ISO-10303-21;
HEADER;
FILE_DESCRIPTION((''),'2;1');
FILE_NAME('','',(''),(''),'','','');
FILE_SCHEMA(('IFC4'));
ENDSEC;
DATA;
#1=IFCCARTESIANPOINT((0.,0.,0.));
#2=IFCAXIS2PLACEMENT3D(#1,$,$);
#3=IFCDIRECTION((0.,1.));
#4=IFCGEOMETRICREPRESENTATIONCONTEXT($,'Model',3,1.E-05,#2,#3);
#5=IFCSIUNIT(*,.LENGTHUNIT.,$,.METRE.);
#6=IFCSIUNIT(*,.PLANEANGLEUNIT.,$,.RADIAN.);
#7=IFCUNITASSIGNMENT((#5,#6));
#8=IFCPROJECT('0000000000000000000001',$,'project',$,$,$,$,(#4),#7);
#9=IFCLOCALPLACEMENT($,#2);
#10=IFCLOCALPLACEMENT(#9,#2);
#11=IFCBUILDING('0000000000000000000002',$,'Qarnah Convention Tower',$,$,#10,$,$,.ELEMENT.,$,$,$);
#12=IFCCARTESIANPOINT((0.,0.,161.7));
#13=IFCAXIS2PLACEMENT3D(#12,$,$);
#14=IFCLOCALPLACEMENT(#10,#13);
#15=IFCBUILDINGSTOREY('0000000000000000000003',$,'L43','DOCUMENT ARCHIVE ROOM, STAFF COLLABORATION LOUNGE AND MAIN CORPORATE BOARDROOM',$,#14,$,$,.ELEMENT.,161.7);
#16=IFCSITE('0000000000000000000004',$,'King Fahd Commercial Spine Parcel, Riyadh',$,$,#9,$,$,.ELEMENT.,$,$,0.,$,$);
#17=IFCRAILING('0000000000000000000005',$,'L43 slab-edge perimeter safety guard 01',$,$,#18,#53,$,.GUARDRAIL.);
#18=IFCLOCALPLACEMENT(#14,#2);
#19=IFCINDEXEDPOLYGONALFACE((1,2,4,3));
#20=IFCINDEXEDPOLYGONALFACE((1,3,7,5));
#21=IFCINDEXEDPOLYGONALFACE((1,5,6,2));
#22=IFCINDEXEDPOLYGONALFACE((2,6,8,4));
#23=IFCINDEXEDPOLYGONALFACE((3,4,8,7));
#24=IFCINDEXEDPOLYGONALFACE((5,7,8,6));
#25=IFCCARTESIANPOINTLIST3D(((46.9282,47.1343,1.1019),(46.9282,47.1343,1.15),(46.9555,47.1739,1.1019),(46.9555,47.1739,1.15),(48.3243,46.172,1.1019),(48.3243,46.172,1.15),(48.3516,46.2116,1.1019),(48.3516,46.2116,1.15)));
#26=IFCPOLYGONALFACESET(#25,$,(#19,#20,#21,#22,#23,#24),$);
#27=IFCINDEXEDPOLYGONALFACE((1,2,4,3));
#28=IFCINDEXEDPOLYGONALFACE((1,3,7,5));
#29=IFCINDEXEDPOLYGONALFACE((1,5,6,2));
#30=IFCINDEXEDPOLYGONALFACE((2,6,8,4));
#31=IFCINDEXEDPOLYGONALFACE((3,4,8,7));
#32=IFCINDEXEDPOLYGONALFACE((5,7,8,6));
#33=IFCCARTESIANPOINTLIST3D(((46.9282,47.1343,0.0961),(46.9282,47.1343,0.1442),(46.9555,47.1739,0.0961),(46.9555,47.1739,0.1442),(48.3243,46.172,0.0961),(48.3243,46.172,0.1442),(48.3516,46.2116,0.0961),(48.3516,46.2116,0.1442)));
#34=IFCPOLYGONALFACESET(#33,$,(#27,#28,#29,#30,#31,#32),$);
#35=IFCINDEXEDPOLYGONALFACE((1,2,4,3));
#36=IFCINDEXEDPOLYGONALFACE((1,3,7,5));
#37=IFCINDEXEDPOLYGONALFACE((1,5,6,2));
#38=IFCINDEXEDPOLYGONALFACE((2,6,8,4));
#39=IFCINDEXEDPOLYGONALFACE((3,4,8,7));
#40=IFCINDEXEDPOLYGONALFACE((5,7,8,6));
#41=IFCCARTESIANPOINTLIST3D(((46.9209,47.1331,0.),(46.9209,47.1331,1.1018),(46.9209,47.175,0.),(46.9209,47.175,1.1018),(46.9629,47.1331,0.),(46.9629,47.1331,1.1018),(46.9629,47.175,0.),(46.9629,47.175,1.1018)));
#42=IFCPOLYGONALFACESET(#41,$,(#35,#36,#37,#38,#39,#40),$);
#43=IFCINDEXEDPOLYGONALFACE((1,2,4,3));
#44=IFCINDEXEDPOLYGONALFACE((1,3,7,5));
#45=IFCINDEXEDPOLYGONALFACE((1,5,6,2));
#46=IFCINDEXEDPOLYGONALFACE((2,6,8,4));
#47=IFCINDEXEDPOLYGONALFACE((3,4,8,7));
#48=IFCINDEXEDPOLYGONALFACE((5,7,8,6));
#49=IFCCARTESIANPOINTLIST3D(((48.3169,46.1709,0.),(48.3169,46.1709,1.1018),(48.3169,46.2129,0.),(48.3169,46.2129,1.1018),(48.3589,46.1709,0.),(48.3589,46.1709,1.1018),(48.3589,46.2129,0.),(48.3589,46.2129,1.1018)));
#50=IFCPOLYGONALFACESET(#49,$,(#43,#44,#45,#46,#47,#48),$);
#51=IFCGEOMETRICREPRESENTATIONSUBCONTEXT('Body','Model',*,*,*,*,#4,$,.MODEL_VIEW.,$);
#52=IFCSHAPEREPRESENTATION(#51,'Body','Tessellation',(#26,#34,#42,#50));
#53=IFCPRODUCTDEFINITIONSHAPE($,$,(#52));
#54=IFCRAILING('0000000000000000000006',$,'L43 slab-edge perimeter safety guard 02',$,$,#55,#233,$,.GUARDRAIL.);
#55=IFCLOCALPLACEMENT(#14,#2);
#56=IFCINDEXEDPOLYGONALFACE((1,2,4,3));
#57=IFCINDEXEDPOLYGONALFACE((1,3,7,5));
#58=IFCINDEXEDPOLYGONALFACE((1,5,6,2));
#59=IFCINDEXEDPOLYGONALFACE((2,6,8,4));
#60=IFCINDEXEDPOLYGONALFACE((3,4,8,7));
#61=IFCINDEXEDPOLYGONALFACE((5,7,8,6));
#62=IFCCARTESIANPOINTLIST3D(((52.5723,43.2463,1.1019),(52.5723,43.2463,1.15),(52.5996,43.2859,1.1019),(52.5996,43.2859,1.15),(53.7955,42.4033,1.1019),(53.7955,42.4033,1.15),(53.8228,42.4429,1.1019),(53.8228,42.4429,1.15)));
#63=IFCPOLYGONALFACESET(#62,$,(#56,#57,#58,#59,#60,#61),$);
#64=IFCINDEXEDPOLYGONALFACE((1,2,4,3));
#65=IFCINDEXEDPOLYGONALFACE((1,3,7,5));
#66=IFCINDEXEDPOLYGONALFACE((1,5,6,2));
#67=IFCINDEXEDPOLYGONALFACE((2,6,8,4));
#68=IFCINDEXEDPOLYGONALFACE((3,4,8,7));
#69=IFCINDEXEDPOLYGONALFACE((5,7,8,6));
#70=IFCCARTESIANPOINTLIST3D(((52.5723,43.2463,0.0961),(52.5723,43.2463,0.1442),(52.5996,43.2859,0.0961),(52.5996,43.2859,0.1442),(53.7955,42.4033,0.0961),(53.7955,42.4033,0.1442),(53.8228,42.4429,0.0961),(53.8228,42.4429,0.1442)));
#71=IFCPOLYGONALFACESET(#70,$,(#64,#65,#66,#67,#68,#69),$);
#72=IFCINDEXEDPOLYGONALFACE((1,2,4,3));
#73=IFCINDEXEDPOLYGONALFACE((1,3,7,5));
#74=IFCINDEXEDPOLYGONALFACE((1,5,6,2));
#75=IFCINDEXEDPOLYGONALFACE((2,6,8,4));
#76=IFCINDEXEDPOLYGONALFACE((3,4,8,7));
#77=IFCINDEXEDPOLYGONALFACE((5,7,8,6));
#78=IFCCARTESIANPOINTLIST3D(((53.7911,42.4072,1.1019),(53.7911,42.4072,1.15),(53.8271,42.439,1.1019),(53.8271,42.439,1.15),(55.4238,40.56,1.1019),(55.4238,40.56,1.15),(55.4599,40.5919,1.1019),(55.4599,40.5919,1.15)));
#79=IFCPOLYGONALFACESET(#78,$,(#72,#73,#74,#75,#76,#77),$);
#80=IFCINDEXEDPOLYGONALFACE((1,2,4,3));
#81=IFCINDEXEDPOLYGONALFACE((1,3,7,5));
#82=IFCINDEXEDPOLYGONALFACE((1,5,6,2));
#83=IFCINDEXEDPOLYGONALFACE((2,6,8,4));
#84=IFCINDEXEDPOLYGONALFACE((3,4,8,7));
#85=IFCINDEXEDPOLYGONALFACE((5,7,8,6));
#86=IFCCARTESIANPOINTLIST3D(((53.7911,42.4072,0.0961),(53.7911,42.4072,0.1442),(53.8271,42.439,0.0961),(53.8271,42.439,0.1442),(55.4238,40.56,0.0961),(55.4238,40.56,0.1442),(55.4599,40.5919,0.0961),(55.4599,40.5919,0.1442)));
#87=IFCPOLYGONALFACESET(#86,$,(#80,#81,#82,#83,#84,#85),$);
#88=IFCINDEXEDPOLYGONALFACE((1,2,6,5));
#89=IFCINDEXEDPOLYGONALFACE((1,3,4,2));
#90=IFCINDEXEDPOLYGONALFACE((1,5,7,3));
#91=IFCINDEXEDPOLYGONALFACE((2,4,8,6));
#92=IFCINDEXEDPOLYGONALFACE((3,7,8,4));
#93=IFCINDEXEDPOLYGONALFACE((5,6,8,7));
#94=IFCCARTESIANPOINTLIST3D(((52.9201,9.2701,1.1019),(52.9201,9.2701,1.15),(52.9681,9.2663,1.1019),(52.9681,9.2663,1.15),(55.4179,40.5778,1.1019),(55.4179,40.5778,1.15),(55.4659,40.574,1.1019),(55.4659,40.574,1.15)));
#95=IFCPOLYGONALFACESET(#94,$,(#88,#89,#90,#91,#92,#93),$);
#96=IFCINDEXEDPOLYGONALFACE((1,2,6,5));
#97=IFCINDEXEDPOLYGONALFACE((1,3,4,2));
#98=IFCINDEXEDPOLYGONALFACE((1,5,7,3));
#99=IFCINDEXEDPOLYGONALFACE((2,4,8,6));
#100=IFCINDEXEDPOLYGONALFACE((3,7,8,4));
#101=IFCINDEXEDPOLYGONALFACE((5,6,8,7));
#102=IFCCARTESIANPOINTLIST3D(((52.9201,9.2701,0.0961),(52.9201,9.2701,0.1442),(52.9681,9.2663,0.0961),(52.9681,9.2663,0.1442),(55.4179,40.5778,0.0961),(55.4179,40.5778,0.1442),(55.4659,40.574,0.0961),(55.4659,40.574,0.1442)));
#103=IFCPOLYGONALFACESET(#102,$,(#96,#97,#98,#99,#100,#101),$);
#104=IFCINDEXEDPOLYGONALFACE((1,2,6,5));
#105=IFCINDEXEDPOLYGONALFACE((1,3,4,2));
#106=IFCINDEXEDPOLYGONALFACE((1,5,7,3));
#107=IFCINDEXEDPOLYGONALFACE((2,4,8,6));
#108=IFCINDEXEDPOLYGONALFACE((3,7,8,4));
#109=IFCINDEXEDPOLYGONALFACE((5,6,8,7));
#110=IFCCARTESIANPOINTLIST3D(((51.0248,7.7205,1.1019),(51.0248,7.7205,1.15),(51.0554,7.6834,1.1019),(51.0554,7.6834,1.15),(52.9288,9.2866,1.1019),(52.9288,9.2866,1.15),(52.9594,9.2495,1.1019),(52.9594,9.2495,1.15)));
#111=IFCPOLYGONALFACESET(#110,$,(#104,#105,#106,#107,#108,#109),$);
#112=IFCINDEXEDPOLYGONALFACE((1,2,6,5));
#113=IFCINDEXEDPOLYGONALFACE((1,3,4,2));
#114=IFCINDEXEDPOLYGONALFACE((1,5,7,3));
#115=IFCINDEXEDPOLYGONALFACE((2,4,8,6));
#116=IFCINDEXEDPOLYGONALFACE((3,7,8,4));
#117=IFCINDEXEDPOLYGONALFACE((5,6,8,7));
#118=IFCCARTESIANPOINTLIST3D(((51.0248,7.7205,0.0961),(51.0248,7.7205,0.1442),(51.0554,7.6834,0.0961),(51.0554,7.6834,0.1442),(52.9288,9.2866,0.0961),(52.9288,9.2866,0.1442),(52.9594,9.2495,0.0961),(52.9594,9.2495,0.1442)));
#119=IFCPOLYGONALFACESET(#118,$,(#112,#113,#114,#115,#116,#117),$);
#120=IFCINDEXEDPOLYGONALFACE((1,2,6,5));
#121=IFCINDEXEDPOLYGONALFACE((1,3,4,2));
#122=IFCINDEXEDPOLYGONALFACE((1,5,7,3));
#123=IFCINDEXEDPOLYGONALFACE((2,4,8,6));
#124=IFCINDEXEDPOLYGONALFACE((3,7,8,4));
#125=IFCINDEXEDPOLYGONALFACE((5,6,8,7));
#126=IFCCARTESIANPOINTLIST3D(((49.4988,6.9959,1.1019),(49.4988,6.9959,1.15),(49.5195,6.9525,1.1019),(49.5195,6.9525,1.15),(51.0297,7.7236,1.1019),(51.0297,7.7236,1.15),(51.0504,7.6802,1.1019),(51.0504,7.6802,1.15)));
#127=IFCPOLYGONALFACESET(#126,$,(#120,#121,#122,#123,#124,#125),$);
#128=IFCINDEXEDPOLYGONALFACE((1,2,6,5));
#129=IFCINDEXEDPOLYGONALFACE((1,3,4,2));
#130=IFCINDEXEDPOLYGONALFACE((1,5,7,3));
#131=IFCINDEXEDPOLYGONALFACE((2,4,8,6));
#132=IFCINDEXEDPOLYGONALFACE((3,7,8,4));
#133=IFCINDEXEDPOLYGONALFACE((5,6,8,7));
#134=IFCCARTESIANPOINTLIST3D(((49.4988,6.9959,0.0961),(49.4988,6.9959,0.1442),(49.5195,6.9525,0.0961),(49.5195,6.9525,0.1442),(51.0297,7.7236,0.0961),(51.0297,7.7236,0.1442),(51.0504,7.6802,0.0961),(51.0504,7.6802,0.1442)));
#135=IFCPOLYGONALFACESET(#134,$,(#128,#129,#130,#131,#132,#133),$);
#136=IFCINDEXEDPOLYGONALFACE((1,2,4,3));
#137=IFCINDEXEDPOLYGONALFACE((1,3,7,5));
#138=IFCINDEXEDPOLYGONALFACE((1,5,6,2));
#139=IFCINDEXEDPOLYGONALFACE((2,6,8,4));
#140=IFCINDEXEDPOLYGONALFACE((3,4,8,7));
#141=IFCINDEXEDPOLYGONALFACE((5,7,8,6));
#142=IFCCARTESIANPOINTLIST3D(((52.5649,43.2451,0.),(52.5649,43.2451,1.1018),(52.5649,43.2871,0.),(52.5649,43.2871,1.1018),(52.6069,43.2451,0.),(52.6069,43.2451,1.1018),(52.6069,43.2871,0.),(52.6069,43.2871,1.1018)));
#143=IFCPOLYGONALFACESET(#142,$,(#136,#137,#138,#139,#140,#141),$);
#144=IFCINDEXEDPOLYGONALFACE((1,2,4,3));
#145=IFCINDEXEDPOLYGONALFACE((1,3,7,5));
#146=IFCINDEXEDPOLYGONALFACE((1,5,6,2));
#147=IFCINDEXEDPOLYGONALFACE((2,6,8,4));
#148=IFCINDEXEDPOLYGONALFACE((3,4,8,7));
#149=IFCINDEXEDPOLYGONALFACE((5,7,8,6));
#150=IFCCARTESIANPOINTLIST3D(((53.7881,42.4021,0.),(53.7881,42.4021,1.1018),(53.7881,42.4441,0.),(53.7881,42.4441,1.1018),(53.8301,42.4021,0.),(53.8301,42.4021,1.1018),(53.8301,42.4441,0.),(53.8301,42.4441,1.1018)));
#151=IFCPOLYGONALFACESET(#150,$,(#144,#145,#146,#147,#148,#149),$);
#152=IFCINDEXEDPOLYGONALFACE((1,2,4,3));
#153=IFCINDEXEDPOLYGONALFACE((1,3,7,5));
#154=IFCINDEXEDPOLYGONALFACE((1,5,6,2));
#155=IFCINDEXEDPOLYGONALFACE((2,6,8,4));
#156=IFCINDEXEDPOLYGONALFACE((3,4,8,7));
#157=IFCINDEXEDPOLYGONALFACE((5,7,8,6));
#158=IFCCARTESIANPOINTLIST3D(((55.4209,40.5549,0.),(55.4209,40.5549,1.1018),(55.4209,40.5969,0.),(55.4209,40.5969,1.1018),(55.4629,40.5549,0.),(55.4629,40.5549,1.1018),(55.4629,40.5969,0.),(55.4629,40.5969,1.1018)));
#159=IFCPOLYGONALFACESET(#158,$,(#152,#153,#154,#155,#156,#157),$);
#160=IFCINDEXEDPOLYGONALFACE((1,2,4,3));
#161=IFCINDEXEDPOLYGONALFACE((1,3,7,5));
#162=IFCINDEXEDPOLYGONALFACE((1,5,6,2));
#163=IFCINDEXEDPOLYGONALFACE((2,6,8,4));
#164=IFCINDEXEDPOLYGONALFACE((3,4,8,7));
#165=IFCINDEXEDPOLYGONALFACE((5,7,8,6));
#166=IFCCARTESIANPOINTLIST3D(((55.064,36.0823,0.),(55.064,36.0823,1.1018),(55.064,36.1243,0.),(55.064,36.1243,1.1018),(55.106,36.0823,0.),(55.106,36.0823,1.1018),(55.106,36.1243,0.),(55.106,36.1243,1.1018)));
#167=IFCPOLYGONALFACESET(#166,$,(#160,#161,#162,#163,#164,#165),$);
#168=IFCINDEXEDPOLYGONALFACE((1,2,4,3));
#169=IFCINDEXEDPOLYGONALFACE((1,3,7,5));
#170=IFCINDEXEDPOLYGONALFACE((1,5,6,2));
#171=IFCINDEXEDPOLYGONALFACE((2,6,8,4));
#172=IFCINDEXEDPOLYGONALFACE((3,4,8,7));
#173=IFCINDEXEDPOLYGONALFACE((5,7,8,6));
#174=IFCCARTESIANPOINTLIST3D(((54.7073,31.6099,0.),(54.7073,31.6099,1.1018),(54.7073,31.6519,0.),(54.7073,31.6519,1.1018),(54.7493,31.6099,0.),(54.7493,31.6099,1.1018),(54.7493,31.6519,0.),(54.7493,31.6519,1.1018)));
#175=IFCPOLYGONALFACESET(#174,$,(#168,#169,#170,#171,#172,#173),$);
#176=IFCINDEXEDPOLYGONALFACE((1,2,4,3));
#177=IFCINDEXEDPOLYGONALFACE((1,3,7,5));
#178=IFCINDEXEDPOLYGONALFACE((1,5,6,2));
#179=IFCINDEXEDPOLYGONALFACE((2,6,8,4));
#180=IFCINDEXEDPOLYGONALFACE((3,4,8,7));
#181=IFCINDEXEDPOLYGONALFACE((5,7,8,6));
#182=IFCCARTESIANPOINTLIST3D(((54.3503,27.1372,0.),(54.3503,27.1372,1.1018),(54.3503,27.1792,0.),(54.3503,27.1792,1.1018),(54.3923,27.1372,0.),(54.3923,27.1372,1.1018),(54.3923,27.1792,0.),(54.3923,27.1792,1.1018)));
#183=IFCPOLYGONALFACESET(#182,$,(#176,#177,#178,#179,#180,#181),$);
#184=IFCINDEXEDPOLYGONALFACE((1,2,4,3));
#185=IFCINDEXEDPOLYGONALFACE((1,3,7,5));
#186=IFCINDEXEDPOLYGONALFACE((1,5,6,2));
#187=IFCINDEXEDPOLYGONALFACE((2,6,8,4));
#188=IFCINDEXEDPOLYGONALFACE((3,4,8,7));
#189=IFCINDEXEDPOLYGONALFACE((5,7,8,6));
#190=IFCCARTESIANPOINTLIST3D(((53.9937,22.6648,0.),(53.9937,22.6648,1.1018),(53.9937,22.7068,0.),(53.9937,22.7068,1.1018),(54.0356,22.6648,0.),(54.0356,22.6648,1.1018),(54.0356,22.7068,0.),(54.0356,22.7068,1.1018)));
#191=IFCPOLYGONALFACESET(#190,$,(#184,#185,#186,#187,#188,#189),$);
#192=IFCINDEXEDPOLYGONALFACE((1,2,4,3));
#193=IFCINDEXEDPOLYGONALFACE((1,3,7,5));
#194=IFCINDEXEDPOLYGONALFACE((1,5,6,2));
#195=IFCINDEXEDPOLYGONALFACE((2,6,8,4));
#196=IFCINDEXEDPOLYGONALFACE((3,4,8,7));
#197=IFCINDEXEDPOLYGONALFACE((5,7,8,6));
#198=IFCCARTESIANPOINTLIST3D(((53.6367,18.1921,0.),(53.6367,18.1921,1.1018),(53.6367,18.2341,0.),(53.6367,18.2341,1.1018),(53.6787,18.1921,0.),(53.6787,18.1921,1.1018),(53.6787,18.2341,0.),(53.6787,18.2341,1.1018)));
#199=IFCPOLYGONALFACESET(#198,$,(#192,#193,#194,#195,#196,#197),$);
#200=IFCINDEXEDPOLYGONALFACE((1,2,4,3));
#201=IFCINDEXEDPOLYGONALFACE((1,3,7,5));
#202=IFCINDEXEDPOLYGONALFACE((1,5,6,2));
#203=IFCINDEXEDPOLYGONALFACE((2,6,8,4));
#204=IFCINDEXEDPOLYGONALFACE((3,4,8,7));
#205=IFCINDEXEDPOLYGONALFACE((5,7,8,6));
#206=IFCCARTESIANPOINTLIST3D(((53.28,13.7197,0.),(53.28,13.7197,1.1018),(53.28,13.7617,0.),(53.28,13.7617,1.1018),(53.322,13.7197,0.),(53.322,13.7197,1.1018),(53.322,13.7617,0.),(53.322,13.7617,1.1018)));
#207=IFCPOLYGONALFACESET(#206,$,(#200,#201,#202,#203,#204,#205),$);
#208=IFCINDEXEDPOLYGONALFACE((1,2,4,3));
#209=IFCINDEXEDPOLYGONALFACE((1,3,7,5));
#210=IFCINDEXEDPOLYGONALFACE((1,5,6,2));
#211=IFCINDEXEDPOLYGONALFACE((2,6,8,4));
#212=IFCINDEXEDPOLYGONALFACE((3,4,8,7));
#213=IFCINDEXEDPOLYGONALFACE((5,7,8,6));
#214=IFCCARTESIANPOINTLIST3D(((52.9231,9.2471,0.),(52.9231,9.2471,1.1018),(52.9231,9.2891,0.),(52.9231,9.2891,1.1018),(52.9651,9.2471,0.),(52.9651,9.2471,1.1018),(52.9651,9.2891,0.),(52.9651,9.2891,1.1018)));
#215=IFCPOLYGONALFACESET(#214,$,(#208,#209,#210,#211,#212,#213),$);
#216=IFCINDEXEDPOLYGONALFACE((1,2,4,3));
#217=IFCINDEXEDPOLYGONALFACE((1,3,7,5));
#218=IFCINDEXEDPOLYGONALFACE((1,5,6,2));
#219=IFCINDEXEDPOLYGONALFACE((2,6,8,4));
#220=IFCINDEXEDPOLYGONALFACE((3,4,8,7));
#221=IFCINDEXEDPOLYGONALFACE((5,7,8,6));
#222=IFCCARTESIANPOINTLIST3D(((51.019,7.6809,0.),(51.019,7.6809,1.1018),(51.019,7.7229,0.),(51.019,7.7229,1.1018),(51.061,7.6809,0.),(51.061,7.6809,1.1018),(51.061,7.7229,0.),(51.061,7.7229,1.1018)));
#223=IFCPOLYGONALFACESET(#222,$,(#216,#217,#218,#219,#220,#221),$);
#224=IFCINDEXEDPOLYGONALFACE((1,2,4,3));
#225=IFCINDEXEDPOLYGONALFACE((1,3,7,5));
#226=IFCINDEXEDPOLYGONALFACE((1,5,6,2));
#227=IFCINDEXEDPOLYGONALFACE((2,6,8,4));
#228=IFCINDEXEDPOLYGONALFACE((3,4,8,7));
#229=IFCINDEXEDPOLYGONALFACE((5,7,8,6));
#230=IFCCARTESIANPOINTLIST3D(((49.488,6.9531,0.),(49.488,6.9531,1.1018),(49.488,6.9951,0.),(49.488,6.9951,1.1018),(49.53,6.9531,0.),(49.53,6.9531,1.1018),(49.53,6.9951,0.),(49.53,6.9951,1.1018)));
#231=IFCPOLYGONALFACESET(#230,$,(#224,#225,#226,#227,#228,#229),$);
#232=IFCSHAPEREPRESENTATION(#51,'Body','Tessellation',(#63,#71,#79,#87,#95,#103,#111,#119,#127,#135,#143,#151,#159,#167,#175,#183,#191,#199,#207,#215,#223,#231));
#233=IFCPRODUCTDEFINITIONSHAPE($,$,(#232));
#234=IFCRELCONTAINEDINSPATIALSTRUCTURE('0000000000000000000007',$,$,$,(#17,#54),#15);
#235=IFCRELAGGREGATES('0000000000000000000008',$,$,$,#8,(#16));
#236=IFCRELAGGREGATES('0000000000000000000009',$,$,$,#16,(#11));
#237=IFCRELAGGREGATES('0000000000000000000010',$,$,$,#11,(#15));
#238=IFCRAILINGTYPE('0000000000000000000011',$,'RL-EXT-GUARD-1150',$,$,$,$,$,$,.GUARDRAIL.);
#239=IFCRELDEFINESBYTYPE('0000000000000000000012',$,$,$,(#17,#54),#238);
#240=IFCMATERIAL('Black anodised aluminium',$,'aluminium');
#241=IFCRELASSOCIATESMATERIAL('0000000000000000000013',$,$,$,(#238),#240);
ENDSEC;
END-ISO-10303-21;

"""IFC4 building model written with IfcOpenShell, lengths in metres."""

from ifc_helpers import new_model, si_unit, direction, frame, origin, origin_2d, place, context, subcontext, project, spatial, rectangle, extrude, material, type_object, element, save


model = new_model("IFC4")

# Units and contexts
model_context = context("Model", 3, precision=1e-05, world=origin(), true_north=direction((0.0, 1.0)))
body_context = subcontext(model_context, "Body", "Model", "MODEL_VIEW")
ifc_project = project(units=[si_unit("LENGTHUNIT", "METRE"), si_unit("PLANEANGLEUNIT", "RADIAN")], contexts=[model_context])

# Site, building, storey
site_placement = place(None, origin())
site = spatial("IfcSite", under=ifc_project, at=site_placement, Name="King Fahd Commercial Spine Parcel, Riyadh", CompositionType="ELEMENT", RefElevation=0.0)
building_placement = place(site_placement, origin())
building = spatial("IfcBuilding", under=site, at=building_placement, Name="Qarnah Convention Tower", CompositionType="ELEMENT")
storey_placement = place(building_placement, frame((0.0, 0.0, 161.7)))
storey = spatial("IfcBuildingStorey", under=building, at=storey_placement, Name="L43", Description="DOCUMENT ARCHIVE ROOM, STAFF COLLABORATION LOUNGE AND MAIN CORPORATE BOARDROOM", CompositionType="ELEMENT", Elevation=161.7)

# Shared definitions
ifc_material_1 = material(Name="Black anodised aluminium", Category="aluminium")

# Railings
railing_type = type_object("IfcRailingType", Name="RL-EXT-GUARD-1150", PredefinedType="GUARDRAIL", material=ifc_material_1)
railing_1_placement = place(storey_placement, frame((46.9419, 47.1541, 0.0)))
element("IfcRailing", 1, at=railing_1_placement, inside=storey, type_object=railing_type, Name="L43 slab-edge perimeter safety guard 01", PredefinedType="GUARDRAIL", context=body_context, shape_type="SweptSolid", body=[
    extrude(rectangle(XDim=0.0481, YDim=0.0481, at=origin_2d()), frame((0.0, 0.0, 1.126), z_axis=(0.823378, -0.567494, 0.0), x_axis=(0.567494, 0.823378, 0.0)), (0.0, 0.0, 1.0), 1.6956),
    extrude(rectangle(XDim=0.0481, YDim=0.0481, at=origin_2d()), frame((0.0, 0.0, 0.1201), z_axis=(0.823378, -0.567494, 0.0), x_axis=(0.567494, 0.823378, 0.0)), (0.0, 0.0, 1.0), 1.6956),
    extrude(rectangle(XDim=0.042, YDim=0.042, at=origin_2d()), origin(), (0.0, 0.0, 1.0), 1.1018),
    extrude(rectangle(XDim=0.042, YDim=0.042, at=origin_2d()), frame((1.396, -0.9622, 0.0)), (0.0, 0.0, 1.0), 1.1018),
])
railing_2_placement = place(storey_placement, frame((52.5859, 43.2661, 0.0)))
element("IfcRailing", 2, at=railing_2_placement, inside=storey, type_object=railing_type, Name="L43 slab-edge perimeter safety guard 02", PredefinedType="GUARDRAIL", context=body_context, shape_type="SweptSolid", body=[
    extrude(rectangle(XDim=0.0481, YDim=0.0481, at=origin_2d()), frame((0.0, 0.0, 1.126), z_axis=(0.82338, -0.567491, 0.0), x_axis=(0.567491, 0.82338, 0.0)), (0.0, 0.0, 1.0), 1.4856),
    extrude(rectangle(XDim=0.0481, YDim=0.0481, at=origin_2d()), frame((0.0, 0.0, 0.1201), z_axis=(0.82338, -0.567491, 0.0), x_axis=(0.567491, 0.82338, 0.0)), (0.0, 0.0, 1.0), 1.4856),
    extrude(rectangle(XDim=0.0481, YDim=0.0481, at=origin_2d()), frame((1.2231, -0.843, 1.126), z_axis=(0.662296, -0.749242, 0.0), x_axis=(0.749242, 0.662296, 0.0)), (0.0, 0.0, 1.0), 2.4653),
    extrude(rectangle(XDim=0.0481, YDim=0.0481, at=origin_2d()), frame((1.2231, -0.843, 0.1201), z_axis=(0.662296, -0.749242, 0.0), x_axis=(0.749242, 0.662296, 0.0)), (0.0, 0.0, 1.0), 2.4653),
    extrude(rectangle(XDim=0.0481, YDim=0.0481, at=origin_2d()), frame((2.856, -2.6902, 1.126), z_axis=(-0.079529, -0.996833, 0.0), x_axis=(0.996833, -0.079529, 0.0)), (0.0, 0.0, 1.0), 31.4072),
    extrude(rectangle(XDim=0.0481, YDim=0.0481, at=origin_2d()), frame((2.856, -2.6902, 0.1201), z_axis=(-0.079529, -0.996833, 0.0), x_axis=(0.996833, -0.079529, 0.0)), (0.0, 0.0, 1.0), 31.4072),
    extrude(rectangle(XDim=0.0481, YDim=0.0481, at=origin_2d()), frame((0.3582, -33.998, 1.126), z_axis=(-0.772305, -0.635252, 0.0), x_axis=(0.635252, -0.772305, 0.0)), (0.0, 0.0, 1.0), 2.4653),
    extrude(rectangle(XDim=0.0481, YDim=0.0481, at=origin_2d()), frame((0.3582, -33.998, 0.1201), z_axis=(-0.772305, -0.635252, 0.0), x_axis=(0.635252, -0.772305, 0.0)), (0.0, 0.0, 1.0), 2.4653),
    extrude(rectangle(XDim=0.0481, YDim=0.0481, at=origin_2d()), frame((-1.5459, -35.5642, 1.126), z_axis=(-0.90315, -0.429324, 0.0), x_axis=(0.429324, -0.90315, 0.0)), (0.0, 0.0, 1.0), 1.6951),
    extrude(rectangle(XDim=0.0481, YDim=0.0481, at=origin_2d()), frame((-1.5459, -35.5642, 0.1201), z_axis=(-0.90315, -0.429324, 0.0), x_axis=(0.429324, -0.90315, 0.0)), (0.0, 0.0, 1.0), 1.6951),
    extrude(rectangle(XDim=0.042, YDim=0.042, at=origin_2d()), origin(), (0.0, 0.0, 1.0), 1.1018),
    extrude(rectangle(XDim=0.042, YDim=0.042, at=origin_2d()), frame((1.2231, -0.843, 0.0)), (0.0, 0.0, 1.0), 1.1018),
    extrude(rectangle(XDim=0.042, YDim=0.042, at=origin_2d()), frame((2.856, -2.6902, 0.0)), (0.0, 0.0, 1.0), 1.1018),
    extrude(rectangle(XDim=0.042, YDim=0.042, at=origin_2d()), frame((2.499, -7.1628, 0.0)), (0.0, 0.0, 1.0), 1.1018),
    extrude(rectangle(XDim=0.042, YDim=0.042, at=origin_2d()), frame((2.1423, -11.6353, 0.0)), (0.0, 0.0, 1.0), 1.1018),
    extrude(rectangle(XDim=0.042, YDim=0.042, at=origin_2d()), frame((1.7854, -16.1079, 0.0)), (0.0, 0.0, 1.0), 1.1018),
    extrude(rectangle(XDim=0.042, YDim=0.042, at=origin_2d()), frame((1.4287, -20.5803, 0.0)), (0.0, 0.0, 1.0), 1.1018),
    extrude(rectangle(XDim=0.042, YDim=0.042, at=origin_2d()), frame((1.0718, -25.053, 0.0)), (0.0, 0.0, 1.0), 1.1018),
    extrude(rectangle(XDim=0.042, YDim=0.042, at=origin_2d()), frame((0.7151, -29.5254, 0.0)), (0.0, 0.0, 1.0), 1.1018),
    extrude(rectangle(XDim=0.042, YDim=0.042, at=origin_2d()), frame((0.3582, -33.998, 0.0)), (0.0, 0.0, 1.0), 1.1018),
    extrude(rectangle(XDim=0.042, YDim=0.042, at=origin_2d()), frame((-1.5459, -35.5642, 0.0)), (0.0, 0.0, 1.0), 1.1018),
    extrude(rectangle(XDim=0.042, YDim=0.042, at=origin_2d()), frame((-3.0769, -36.292, 0.0)), (0.0, 0.0, 1.0), 1.1018),
])

save(model, "model.ifc")
